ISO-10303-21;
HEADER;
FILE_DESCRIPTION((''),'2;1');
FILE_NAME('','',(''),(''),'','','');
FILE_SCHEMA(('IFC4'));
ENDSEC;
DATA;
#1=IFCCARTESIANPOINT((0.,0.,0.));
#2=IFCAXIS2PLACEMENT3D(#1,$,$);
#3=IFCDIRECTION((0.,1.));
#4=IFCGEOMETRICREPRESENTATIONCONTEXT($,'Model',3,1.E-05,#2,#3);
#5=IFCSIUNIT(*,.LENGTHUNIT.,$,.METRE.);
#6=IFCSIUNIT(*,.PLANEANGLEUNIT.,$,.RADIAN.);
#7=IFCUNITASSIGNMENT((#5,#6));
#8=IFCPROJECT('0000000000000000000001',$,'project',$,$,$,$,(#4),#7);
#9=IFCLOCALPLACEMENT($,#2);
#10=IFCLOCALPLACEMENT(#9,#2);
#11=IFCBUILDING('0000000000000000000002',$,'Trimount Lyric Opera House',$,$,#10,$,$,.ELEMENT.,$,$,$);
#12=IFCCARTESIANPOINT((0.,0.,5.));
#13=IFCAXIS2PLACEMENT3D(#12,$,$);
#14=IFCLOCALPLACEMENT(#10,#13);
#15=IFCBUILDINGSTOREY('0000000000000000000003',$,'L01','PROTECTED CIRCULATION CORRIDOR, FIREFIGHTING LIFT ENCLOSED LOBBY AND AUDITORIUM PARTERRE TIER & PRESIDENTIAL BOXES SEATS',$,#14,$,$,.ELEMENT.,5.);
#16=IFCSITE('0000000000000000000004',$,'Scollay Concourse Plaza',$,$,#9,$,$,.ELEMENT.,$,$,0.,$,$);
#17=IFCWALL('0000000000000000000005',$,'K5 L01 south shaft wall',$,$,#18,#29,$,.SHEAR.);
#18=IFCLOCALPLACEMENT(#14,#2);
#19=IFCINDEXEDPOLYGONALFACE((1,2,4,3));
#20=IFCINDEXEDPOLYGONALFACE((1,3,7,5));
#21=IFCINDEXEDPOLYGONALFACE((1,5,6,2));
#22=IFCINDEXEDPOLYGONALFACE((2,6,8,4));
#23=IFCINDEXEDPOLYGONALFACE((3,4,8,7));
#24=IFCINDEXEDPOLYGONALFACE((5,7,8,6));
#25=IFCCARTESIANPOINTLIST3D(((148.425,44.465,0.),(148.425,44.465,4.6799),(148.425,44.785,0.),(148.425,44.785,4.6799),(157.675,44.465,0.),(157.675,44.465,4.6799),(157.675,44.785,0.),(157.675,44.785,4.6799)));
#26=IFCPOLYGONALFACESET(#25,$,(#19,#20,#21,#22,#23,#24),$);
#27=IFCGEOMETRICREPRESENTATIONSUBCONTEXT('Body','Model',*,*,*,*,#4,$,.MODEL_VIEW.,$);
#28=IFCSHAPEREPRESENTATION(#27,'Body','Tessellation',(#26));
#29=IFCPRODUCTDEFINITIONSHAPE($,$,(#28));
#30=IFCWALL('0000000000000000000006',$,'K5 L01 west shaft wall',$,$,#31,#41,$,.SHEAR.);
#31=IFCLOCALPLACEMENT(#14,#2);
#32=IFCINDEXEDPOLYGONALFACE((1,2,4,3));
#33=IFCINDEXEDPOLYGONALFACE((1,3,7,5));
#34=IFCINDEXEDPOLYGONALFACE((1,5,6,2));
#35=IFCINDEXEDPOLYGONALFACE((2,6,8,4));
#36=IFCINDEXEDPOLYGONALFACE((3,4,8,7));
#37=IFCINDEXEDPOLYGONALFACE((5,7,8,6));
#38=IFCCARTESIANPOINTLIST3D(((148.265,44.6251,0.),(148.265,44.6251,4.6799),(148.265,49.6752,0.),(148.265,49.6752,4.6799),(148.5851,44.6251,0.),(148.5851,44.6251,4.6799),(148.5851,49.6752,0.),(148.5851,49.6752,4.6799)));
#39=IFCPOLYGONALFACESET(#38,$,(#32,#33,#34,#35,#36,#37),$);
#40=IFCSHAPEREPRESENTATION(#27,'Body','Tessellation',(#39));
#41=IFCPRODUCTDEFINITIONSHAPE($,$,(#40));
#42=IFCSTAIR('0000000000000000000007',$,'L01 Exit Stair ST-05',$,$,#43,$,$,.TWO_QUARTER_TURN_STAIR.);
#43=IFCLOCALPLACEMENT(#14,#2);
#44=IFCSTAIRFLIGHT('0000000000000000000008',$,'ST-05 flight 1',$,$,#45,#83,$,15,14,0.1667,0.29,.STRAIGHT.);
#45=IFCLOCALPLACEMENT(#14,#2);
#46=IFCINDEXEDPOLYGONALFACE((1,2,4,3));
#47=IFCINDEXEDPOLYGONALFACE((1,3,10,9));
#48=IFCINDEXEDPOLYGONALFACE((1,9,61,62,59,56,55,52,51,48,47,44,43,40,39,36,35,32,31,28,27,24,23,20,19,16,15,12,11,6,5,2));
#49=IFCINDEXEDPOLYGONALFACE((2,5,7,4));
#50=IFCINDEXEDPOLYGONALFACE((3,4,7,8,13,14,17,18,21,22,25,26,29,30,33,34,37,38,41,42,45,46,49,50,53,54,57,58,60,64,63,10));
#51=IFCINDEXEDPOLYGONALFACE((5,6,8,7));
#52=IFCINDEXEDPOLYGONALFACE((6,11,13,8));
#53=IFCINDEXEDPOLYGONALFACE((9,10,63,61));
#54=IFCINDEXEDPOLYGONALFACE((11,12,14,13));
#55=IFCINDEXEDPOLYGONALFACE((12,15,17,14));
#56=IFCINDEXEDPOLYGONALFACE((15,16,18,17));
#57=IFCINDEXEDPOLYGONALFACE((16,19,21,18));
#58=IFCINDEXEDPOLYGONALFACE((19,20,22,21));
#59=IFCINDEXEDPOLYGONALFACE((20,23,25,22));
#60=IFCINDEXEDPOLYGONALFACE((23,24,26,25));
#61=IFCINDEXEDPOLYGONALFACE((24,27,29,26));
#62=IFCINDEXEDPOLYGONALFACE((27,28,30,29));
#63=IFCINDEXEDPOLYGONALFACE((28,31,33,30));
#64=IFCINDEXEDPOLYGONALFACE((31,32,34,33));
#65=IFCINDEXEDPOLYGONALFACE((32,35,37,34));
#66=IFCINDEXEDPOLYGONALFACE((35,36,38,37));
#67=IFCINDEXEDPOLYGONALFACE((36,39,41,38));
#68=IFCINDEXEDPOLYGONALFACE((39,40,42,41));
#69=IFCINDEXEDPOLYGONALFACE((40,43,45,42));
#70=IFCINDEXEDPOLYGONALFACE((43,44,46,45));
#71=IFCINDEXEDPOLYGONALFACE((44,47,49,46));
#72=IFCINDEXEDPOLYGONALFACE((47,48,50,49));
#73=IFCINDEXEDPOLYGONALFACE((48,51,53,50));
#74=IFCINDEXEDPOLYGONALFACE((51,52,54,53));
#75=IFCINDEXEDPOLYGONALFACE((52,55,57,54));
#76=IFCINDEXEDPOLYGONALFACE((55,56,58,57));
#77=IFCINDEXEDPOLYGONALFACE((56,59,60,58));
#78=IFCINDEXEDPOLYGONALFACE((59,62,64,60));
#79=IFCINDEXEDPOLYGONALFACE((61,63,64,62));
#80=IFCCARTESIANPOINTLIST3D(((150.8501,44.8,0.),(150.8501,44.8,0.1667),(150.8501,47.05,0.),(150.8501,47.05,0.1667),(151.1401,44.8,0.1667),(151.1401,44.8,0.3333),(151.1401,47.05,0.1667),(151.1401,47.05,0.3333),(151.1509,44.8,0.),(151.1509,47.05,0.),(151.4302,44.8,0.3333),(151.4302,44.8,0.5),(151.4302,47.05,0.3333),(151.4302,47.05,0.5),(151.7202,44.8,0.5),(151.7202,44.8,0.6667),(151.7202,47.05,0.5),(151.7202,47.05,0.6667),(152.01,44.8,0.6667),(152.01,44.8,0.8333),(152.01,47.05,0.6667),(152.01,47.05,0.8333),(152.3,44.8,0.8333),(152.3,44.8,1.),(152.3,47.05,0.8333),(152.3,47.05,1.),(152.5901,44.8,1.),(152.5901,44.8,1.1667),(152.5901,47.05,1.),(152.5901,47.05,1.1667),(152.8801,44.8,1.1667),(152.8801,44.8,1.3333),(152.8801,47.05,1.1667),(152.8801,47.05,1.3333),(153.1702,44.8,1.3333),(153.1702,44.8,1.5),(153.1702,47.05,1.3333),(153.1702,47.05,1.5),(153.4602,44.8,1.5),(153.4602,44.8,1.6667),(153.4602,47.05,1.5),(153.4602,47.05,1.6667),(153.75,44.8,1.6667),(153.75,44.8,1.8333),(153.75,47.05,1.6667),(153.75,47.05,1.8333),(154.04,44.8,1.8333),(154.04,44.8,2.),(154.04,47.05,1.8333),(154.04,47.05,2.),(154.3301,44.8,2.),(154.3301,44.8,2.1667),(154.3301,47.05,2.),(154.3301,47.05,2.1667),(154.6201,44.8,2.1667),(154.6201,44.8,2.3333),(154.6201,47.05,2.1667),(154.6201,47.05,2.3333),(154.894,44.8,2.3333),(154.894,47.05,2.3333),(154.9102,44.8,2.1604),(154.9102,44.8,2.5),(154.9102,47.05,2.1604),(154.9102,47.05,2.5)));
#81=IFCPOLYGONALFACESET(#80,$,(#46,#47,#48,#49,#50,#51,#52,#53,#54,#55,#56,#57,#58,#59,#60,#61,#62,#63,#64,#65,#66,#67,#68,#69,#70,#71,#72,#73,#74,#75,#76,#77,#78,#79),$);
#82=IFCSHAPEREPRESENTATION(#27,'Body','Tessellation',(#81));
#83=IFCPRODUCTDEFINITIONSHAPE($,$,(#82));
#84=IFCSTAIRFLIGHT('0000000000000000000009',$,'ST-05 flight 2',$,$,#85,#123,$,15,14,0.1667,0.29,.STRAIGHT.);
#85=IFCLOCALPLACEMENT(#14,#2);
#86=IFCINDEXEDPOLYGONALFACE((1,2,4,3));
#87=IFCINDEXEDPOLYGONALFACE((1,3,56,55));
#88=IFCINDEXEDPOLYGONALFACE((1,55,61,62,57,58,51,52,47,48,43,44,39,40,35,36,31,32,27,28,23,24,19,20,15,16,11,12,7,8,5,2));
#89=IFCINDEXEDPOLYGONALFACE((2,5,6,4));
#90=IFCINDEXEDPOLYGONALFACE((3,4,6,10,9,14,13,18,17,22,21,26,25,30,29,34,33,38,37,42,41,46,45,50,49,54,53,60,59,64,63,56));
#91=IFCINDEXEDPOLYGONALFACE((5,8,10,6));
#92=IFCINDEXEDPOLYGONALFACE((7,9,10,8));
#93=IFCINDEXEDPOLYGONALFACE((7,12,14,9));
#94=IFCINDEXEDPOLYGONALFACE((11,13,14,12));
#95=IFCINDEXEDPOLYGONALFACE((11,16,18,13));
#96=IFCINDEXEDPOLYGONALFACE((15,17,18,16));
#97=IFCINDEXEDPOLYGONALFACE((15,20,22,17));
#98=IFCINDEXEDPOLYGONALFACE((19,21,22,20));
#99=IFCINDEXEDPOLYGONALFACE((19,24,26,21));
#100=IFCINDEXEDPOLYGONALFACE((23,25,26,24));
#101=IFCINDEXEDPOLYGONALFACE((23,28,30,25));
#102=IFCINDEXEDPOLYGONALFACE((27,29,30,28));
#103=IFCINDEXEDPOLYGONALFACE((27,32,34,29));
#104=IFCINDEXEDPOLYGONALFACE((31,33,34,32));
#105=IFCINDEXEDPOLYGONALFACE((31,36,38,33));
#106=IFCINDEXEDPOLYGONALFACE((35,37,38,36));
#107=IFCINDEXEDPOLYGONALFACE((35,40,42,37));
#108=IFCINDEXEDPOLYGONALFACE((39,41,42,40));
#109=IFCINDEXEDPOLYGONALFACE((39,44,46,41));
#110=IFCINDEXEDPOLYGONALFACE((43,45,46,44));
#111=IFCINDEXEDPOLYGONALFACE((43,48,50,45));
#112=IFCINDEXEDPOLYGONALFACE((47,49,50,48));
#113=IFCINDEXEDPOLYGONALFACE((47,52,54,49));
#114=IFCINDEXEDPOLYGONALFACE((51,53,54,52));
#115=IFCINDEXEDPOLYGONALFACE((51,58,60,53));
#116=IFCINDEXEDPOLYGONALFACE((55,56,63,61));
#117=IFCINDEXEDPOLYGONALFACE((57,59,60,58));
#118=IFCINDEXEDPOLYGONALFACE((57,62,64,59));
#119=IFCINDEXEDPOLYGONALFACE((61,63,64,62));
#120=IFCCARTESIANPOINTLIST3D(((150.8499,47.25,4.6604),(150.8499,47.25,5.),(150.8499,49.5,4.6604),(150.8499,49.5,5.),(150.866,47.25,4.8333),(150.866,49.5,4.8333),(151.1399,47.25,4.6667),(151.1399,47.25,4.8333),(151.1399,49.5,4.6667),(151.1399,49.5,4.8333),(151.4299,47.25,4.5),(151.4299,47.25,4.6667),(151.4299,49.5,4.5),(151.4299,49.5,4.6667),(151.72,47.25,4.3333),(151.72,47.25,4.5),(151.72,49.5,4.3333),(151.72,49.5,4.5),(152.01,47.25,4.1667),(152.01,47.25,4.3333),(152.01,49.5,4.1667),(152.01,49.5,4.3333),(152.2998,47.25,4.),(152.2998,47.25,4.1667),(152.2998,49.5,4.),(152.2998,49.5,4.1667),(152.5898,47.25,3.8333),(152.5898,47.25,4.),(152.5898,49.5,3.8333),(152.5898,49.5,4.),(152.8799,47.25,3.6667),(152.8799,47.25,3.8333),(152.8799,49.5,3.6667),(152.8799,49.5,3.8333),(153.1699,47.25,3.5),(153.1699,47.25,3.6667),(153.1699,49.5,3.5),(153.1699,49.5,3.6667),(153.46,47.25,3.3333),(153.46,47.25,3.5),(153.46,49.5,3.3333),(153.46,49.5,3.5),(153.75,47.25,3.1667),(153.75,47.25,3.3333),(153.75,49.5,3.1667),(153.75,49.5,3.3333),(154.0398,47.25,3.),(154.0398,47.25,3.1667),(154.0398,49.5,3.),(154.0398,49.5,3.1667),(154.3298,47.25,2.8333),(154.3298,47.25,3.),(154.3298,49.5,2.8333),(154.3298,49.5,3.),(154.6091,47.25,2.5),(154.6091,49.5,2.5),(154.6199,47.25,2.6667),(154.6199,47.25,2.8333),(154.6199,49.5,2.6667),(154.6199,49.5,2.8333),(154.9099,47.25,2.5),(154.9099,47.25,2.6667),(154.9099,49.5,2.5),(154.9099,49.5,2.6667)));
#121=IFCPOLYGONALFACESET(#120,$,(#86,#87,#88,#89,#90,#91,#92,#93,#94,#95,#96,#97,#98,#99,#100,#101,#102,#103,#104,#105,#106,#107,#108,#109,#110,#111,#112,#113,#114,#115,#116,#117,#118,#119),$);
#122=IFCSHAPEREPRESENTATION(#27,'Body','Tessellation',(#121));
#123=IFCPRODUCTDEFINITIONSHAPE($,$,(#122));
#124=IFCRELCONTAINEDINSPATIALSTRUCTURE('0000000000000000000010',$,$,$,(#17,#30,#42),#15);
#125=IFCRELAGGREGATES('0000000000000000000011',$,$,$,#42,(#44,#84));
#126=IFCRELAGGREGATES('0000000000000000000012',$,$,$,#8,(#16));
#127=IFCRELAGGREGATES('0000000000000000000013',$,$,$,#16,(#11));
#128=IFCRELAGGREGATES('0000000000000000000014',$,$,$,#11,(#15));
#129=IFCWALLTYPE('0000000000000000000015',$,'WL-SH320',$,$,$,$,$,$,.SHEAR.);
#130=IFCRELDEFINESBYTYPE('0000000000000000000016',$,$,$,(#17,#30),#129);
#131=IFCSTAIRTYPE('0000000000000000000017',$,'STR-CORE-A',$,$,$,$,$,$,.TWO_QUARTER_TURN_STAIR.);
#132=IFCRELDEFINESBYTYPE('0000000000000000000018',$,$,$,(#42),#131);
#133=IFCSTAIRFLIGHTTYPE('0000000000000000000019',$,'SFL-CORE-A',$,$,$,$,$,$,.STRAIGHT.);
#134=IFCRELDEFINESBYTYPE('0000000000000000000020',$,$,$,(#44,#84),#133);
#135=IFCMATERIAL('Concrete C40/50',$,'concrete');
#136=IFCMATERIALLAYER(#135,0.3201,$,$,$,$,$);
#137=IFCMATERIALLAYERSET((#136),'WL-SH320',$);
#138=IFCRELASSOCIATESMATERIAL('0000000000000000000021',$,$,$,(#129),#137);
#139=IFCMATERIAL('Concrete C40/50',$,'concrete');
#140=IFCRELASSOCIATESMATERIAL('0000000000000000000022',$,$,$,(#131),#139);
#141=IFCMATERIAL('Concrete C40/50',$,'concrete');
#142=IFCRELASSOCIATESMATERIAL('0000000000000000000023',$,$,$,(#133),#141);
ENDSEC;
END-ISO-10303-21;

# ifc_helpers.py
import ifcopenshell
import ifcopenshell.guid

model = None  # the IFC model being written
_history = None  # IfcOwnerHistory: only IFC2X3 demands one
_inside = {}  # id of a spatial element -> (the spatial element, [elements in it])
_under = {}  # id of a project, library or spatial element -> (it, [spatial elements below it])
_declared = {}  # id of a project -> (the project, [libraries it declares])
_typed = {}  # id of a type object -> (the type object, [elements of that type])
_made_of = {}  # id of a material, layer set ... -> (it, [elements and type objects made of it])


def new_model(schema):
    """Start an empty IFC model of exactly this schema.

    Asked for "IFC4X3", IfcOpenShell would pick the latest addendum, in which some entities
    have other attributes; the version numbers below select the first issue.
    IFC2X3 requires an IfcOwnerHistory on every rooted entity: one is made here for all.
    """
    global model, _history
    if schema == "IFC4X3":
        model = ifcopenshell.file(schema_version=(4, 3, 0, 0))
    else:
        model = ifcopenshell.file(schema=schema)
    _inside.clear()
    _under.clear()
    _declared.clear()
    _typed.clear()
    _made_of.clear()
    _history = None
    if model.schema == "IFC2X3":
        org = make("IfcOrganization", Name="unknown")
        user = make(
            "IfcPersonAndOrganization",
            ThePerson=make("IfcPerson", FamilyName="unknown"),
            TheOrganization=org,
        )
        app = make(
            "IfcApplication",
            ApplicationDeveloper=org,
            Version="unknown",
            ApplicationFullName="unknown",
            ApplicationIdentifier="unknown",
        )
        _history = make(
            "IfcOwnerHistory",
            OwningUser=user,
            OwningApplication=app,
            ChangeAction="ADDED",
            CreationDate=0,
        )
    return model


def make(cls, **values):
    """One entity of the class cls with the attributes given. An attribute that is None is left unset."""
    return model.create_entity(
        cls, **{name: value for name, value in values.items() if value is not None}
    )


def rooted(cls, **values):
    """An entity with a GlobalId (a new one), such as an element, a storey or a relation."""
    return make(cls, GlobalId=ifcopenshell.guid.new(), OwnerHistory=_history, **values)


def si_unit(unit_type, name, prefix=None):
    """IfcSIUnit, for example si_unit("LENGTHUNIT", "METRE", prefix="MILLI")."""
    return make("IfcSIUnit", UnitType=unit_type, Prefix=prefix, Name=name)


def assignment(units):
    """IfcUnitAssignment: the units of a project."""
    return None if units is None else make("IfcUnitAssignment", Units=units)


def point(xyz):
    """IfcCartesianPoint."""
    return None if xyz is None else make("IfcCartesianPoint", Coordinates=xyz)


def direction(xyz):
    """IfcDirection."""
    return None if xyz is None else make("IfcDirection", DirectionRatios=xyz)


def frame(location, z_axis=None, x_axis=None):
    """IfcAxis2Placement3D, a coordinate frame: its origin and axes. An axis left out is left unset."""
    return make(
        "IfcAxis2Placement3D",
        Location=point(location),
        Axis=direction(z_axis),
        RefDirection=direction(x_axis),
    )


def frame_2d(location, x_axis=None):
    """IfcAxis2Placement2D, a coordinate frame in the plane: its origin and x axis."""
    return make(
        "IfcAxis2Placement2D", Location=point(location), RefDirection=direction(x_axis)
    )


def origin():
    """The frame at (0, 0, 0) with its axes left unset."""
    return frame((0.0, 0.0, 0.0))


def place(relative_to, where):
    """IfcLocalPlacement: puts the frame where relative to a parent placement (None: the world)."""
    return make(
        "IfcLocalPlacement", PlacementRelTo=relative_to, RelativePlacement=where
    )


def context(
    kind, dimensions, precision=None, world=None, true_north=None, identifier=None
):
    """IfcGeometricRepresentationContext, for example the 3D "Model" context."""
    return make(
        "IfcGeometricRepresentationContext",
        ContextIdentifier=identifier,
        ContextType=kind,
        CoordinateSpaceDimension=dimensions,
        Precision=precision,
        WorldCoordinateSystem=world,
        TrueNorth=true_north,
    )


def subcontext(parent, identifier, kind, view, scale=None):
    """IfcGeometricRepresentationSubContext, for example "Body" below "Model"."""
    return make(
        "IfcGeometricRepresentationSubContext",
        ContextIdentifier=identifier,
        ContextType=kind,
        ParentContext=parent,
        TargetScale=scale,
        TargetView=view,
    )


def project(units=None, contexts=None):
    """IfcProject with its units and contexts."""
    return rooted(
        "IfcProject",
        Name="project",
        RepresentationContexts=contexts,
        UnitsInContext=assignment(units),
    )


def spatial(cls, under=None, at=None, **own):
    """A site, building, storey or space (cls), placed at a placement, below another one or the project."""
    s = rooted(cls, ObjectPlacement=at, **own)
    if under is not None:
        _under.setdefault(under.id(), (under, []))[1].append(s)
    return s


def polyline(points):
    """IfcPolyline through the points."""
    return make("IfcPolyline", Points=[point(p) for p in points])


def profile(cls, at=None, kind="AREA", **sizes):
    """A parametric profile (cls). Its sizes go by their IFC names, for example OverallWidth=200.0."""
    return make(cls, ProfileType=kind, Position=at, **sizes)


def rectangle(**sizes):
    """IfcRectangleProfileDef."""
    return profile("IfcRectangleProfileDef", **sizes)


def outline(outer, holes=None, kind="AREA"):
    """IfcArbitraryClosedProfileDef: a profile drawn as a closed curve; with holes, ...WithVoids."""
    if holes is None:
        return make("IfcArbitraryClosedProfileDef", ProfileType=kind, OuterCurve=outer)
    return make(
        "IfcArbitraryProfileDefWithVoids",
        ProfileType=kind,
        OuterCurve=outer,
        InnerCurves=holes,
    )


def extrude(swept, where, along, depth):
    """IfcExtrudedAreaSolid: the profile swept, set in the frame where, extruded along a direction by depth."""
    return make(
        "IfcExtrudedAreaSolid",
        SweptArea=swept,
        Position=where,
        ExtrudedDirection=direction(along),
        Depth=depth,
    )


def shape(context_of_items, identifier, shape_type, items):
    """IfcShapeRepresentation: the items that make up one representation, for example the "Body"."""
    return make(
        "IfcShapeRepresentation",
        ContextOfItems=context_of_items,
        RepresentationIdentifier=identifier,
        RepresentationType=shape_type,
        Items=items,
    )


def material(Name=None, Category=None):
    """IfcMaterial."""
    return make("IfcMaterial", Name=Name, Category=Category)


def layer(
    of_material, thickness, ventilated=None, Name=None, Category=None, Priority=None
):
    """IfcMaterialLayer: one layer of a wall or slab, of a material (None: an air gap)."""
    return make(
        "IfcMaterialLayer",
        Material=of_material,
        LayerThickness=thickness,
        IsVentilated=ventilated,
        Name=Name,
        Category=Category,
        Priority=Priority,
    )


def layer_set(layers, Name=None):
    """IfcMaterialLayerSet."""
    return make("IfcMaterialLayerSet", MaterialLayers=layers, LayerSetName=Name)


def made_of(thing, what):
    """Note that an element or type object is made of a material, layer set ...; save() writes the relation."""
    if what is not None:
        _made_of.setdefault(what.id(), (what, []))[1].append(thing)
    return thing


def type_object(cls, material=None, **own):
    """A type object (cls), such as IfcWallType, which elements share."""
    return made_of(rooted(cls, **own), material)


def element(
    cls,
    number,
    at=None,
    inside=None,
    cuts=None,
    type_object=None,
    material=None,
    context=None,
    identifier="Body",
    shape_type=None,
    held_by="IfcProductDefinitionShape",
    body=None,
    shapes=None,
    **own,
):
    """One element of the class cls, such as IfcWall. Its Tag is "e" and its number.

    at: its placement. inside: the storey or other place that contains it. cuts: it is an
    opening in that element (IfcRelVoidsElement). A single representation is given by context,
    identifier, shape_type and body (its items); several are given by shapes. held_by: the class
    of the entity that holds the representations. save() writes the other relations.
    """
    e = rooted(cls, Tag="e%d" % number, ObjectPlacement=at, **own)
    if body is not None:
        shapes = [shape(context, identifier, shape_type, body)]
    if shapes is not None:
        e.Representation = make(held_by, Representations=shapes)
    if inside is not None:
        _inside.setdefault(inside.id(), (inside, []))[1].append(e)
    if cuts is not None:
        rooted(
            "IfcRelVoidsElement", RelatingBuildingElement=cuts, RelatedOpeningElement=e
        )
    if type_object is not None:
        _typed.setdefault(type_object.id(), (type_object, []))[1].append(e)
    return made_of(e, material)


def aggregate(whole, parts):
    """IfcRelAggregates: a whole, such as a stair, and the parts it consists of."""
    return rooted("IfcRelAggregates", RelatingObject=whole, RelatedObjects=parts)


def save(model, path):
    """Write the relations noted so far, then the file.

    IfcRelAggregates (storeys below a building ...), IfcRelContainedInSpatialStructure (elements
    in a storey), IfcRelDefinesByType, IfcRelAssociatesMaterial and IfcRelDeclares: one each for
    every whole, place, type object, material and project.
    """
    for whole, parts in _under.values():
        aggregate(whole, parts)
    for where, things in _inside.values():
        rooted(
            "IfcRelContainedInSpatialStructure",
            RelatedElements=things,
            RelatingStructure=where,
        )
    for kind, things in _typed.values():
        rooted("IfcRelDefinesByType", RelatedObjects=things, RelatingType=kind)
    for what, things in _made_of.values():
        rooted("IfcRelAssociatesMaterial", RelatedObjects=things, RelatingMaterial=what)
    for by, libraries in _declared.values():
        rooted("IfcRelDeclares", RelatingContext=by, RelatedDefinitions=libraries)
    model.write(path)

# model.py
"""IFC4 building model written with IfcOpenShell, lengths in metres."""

from ifc_helpers import new_model, si_unit, direction, frame, frame_2d, origin, place, context, subcontext, project, spatial, polyline, rectangle, outline, extrude, material, layer, layer_set, type_object, element, aggregate, save


model = new_model("IFC4")

# Units and contexts
model_context = context("Model", 3, precision=1e-05, world=origin(), true_north=direction((0.0, 1.0)))
body_context = subcontext(model_context, "Body", "Model", "MODEL_VIEW")
ifc_project = project(units=[si_unit("LENGTHUNIT", "METRE"), si_unit("PLANEANGLEUNIT", "RADIAN")], contexts=[model_context])

# Site, building, storey
site_placement = place(None, origin())
site = spatial("IfcSite", under=ifc_project, at=site_placement, Name="Scollay Concourse Plaza", CompositionType="ELEMENT", RefElevation=0.0)
building_placement = place(site_placement, origin())
building = spatial("IfcBuilding", under=site, at=building_placement, Name="Trimount Lyric Opera House", CompositionType="ELEMENT")
storey_placement = place(building_placement, frame((0.0, 0.0, 5.0)))
storey = spatial("IfcBuildingStorey", under=building, at=storey_placement, Name="L01", Description="PROTECTED CIRCULATION CORRIDOR, FIREFIGHTING LIFT ENCLOSED LOBBY AND AUDITORIUM PARTERRE TIER & PRESIDENTIAL BOXES SEATS", CompositionType="ELEMENT", Elevation=5.0)

# Walls
ifc_material_1 = material(Name="Concrete C40/50", Category="concrete")
ifc_layer_1 = layer(ifc_material_1, 0.3201)
ifc_layer_set_1 = layer_set([ifc_layer_1], Name="WL-SH320")
wall_type_1 = type_object("IfcWallType", Name="WL-SH320", PredefinedType="SHEAR", material=ifc_layer_set_1)
wall_1_placement = place(storey_placement, frame((148.425, 44.625, 0.0), z_axis=(0.0, 0.0, 1.0), x_axis=(1.0, 0.0, 0.0)))
element("IfcWall", 1, at=wall_1_placement, inside=storey, type_object=wall_type_1, Name="K5 L01 south shaft wall", PredefinedType="SHEAR", context=body_context, shape_type="SweptSolid", body=[
    extrude(rectangle(XDim=9.25, YDim=0.3201, at=frame_2d((4.625, 0.0))), origin(), (0.0, 0.0, 1.0), 4.6799),
])
wall_2_placement = place(storey_placement, frame((148.425, 49.675, 0.0), z_axis=(0.0, 0.0, 1.0), x_axis=(0.0, -1.0, 0.0)))
element("IfcWall", 2, at=wall_2_placement, inside=storey, type_object=wall_type_1, Name="K5 L01 west shaft wall", PredefinedType="SHEAR", context=body_context, shape_type="SweptSolid", body=[
    extrude(rectangle(XDim=5.05, YDim=0.3201, at=frame_2d((2.5249, 0.0))), origin(), (0.0, 0.0, 1.0), 4.6799),
])

# Stair, stair flights
ifc_material_2 = material(Name="Concrete C40/50", Category="concrete")
stair_type = type_object("IfcStairType", Name="STR-CORE-A", PredefinedType="TWO_QUARTER_TURN_STAIR", material=ifc_material_2)
stair_placement = place(storey_placement, origin())
stair = element("IfcStair", 3, at=stair_placement, inside=storey, type_object=stair_type, Name="L01 Exit Stair ST-05", PredefinedType="TWO_QUARTER_TURN_STAIR")
ifc_material_3 = material(Name="Concrete C40/50", Category="concrete")
stair_flight_type = type_object("IfcStairFlightType", Name="SFL-CORE-A", PredefinedType="STRAIGHT", material=ifc_material_3)
stair_flight_1_placement = place(storey_placement, frame((150.8501, 45.925, 0.0), z_axis=(0.0, 0.0, 1.0), x_axis=(1.0, 0.0, 0.0)))
stair_flight_1 = element("IfcStairFlight", 4, at=stair_flight_1_placement, type_object=stair_flight_type, Name="ST-05 flight 1", NumberOfRisers=15, NumberOfTreads=14, PredefinedType="STRAIGHT", RiserHeight=0.1667, TreadLength=0.29, context=body_context, shape_type="SweptSolid", body=[
    extrude(outline(polyline([(0.0, 0.0), (0.0, 0.1667), (0.29, 0.1667), (0.29, 0.3333), (0.5801, 0.3333), (0.5801, 0.5), (0.8701, 0.5), (0.8701, 0.6667), (1.1599, 0.6667), (1.1599, 0.8333), (1.45, 0.8333), (1.45, 1.0), (1.74, 1.0), (1.74, 1.1667), (2.03, 1.1667), (2.03, 1.3333), (2.3201, 1.3333), (2.3201, 1.5), (2.6101, 1.5), (2.6101, 1.6667), (2.8999, 1.6667), (2.8999, 1.8333), (3.1899, 1.8333), (3.1899, 2.0), (3.48, 2.0), (3.48, 2.1667), (3.77, 2.1667), (3.77, 2.3333), (4.0439, 2.3333), (4.0601, 2.5), (4.0601, 2.1604), (0.3008, 0.0), (0.0, 0.0)])), frame((0.0, 1.125, 0.0), z_axis=(0.0, -1.0, 0.0), x_axis=(1.0, 0.0, 0.0)), (0.0, 0.0, 1.0), 2.25),
])
stair_flight_2_placement = place(storey_placement, frame((154.9099, 48.375, 2.5), z_axis=(0.0, 0.0, 1.0), x_axis=(-1.0, 0.0, 0.0)))
stair_flight_2 = element("IfcStairFlight", 5, at=stair_flight_2_placement, type_object=stair_flight_type, Name="ST-05 flight 2", NumberOfRisers=15, NumberOfTreads=14, PredefinedType="STRAIGHT", RiserHeight=0.1667, TreadLength=0.29, context=body_context, shape_type="SweptSolid", body=[
    extrude(outline(polyline([(0.0, 0.0), (0.0, 0.1667), (0.29, 0.1667), (0.29, 0.3333), (0.5801, 0.3333), (0.5801, 0.5), (0.8701, 0.5), (0.8701, 0.6667), (1.1599, 0.6667), (1.1599, 0.8333), (1.45, 0.8333), (1.45, 1.0), (1.74, 1.0), (1.74, 1.1667), (2.03, 1.1667), (2.03, 1.3333), (2.3201, 1.3333), (2.3201, 1.5), (2.6101, 1.5), (2.6101, 1.6667), (2.8999, 1.6667), (2.8999, 1.8333), (3.1899, 1.8333), (3.1899, 2.0), (3.48, 2.0), (3.48, 2.1667), (3.77, 2.1667), (3.77, 2.3333), (4.0439, 2.3333), (4.0601, 2.5), (4.0601, 2.1604), (0.3008, 0.0), (0.0, 0.0)])), frame((0.0, 1.125, 0.0), z_axis=(0.0, -1.0, 0.0), x_axis=(1.0, 0.0, 0.0)), (0.0, 0.0, 1.0), 2.25),
])
aggregate(stair, [stair_flight_1, stair_flight_2])

save(model, "model.ifc")
